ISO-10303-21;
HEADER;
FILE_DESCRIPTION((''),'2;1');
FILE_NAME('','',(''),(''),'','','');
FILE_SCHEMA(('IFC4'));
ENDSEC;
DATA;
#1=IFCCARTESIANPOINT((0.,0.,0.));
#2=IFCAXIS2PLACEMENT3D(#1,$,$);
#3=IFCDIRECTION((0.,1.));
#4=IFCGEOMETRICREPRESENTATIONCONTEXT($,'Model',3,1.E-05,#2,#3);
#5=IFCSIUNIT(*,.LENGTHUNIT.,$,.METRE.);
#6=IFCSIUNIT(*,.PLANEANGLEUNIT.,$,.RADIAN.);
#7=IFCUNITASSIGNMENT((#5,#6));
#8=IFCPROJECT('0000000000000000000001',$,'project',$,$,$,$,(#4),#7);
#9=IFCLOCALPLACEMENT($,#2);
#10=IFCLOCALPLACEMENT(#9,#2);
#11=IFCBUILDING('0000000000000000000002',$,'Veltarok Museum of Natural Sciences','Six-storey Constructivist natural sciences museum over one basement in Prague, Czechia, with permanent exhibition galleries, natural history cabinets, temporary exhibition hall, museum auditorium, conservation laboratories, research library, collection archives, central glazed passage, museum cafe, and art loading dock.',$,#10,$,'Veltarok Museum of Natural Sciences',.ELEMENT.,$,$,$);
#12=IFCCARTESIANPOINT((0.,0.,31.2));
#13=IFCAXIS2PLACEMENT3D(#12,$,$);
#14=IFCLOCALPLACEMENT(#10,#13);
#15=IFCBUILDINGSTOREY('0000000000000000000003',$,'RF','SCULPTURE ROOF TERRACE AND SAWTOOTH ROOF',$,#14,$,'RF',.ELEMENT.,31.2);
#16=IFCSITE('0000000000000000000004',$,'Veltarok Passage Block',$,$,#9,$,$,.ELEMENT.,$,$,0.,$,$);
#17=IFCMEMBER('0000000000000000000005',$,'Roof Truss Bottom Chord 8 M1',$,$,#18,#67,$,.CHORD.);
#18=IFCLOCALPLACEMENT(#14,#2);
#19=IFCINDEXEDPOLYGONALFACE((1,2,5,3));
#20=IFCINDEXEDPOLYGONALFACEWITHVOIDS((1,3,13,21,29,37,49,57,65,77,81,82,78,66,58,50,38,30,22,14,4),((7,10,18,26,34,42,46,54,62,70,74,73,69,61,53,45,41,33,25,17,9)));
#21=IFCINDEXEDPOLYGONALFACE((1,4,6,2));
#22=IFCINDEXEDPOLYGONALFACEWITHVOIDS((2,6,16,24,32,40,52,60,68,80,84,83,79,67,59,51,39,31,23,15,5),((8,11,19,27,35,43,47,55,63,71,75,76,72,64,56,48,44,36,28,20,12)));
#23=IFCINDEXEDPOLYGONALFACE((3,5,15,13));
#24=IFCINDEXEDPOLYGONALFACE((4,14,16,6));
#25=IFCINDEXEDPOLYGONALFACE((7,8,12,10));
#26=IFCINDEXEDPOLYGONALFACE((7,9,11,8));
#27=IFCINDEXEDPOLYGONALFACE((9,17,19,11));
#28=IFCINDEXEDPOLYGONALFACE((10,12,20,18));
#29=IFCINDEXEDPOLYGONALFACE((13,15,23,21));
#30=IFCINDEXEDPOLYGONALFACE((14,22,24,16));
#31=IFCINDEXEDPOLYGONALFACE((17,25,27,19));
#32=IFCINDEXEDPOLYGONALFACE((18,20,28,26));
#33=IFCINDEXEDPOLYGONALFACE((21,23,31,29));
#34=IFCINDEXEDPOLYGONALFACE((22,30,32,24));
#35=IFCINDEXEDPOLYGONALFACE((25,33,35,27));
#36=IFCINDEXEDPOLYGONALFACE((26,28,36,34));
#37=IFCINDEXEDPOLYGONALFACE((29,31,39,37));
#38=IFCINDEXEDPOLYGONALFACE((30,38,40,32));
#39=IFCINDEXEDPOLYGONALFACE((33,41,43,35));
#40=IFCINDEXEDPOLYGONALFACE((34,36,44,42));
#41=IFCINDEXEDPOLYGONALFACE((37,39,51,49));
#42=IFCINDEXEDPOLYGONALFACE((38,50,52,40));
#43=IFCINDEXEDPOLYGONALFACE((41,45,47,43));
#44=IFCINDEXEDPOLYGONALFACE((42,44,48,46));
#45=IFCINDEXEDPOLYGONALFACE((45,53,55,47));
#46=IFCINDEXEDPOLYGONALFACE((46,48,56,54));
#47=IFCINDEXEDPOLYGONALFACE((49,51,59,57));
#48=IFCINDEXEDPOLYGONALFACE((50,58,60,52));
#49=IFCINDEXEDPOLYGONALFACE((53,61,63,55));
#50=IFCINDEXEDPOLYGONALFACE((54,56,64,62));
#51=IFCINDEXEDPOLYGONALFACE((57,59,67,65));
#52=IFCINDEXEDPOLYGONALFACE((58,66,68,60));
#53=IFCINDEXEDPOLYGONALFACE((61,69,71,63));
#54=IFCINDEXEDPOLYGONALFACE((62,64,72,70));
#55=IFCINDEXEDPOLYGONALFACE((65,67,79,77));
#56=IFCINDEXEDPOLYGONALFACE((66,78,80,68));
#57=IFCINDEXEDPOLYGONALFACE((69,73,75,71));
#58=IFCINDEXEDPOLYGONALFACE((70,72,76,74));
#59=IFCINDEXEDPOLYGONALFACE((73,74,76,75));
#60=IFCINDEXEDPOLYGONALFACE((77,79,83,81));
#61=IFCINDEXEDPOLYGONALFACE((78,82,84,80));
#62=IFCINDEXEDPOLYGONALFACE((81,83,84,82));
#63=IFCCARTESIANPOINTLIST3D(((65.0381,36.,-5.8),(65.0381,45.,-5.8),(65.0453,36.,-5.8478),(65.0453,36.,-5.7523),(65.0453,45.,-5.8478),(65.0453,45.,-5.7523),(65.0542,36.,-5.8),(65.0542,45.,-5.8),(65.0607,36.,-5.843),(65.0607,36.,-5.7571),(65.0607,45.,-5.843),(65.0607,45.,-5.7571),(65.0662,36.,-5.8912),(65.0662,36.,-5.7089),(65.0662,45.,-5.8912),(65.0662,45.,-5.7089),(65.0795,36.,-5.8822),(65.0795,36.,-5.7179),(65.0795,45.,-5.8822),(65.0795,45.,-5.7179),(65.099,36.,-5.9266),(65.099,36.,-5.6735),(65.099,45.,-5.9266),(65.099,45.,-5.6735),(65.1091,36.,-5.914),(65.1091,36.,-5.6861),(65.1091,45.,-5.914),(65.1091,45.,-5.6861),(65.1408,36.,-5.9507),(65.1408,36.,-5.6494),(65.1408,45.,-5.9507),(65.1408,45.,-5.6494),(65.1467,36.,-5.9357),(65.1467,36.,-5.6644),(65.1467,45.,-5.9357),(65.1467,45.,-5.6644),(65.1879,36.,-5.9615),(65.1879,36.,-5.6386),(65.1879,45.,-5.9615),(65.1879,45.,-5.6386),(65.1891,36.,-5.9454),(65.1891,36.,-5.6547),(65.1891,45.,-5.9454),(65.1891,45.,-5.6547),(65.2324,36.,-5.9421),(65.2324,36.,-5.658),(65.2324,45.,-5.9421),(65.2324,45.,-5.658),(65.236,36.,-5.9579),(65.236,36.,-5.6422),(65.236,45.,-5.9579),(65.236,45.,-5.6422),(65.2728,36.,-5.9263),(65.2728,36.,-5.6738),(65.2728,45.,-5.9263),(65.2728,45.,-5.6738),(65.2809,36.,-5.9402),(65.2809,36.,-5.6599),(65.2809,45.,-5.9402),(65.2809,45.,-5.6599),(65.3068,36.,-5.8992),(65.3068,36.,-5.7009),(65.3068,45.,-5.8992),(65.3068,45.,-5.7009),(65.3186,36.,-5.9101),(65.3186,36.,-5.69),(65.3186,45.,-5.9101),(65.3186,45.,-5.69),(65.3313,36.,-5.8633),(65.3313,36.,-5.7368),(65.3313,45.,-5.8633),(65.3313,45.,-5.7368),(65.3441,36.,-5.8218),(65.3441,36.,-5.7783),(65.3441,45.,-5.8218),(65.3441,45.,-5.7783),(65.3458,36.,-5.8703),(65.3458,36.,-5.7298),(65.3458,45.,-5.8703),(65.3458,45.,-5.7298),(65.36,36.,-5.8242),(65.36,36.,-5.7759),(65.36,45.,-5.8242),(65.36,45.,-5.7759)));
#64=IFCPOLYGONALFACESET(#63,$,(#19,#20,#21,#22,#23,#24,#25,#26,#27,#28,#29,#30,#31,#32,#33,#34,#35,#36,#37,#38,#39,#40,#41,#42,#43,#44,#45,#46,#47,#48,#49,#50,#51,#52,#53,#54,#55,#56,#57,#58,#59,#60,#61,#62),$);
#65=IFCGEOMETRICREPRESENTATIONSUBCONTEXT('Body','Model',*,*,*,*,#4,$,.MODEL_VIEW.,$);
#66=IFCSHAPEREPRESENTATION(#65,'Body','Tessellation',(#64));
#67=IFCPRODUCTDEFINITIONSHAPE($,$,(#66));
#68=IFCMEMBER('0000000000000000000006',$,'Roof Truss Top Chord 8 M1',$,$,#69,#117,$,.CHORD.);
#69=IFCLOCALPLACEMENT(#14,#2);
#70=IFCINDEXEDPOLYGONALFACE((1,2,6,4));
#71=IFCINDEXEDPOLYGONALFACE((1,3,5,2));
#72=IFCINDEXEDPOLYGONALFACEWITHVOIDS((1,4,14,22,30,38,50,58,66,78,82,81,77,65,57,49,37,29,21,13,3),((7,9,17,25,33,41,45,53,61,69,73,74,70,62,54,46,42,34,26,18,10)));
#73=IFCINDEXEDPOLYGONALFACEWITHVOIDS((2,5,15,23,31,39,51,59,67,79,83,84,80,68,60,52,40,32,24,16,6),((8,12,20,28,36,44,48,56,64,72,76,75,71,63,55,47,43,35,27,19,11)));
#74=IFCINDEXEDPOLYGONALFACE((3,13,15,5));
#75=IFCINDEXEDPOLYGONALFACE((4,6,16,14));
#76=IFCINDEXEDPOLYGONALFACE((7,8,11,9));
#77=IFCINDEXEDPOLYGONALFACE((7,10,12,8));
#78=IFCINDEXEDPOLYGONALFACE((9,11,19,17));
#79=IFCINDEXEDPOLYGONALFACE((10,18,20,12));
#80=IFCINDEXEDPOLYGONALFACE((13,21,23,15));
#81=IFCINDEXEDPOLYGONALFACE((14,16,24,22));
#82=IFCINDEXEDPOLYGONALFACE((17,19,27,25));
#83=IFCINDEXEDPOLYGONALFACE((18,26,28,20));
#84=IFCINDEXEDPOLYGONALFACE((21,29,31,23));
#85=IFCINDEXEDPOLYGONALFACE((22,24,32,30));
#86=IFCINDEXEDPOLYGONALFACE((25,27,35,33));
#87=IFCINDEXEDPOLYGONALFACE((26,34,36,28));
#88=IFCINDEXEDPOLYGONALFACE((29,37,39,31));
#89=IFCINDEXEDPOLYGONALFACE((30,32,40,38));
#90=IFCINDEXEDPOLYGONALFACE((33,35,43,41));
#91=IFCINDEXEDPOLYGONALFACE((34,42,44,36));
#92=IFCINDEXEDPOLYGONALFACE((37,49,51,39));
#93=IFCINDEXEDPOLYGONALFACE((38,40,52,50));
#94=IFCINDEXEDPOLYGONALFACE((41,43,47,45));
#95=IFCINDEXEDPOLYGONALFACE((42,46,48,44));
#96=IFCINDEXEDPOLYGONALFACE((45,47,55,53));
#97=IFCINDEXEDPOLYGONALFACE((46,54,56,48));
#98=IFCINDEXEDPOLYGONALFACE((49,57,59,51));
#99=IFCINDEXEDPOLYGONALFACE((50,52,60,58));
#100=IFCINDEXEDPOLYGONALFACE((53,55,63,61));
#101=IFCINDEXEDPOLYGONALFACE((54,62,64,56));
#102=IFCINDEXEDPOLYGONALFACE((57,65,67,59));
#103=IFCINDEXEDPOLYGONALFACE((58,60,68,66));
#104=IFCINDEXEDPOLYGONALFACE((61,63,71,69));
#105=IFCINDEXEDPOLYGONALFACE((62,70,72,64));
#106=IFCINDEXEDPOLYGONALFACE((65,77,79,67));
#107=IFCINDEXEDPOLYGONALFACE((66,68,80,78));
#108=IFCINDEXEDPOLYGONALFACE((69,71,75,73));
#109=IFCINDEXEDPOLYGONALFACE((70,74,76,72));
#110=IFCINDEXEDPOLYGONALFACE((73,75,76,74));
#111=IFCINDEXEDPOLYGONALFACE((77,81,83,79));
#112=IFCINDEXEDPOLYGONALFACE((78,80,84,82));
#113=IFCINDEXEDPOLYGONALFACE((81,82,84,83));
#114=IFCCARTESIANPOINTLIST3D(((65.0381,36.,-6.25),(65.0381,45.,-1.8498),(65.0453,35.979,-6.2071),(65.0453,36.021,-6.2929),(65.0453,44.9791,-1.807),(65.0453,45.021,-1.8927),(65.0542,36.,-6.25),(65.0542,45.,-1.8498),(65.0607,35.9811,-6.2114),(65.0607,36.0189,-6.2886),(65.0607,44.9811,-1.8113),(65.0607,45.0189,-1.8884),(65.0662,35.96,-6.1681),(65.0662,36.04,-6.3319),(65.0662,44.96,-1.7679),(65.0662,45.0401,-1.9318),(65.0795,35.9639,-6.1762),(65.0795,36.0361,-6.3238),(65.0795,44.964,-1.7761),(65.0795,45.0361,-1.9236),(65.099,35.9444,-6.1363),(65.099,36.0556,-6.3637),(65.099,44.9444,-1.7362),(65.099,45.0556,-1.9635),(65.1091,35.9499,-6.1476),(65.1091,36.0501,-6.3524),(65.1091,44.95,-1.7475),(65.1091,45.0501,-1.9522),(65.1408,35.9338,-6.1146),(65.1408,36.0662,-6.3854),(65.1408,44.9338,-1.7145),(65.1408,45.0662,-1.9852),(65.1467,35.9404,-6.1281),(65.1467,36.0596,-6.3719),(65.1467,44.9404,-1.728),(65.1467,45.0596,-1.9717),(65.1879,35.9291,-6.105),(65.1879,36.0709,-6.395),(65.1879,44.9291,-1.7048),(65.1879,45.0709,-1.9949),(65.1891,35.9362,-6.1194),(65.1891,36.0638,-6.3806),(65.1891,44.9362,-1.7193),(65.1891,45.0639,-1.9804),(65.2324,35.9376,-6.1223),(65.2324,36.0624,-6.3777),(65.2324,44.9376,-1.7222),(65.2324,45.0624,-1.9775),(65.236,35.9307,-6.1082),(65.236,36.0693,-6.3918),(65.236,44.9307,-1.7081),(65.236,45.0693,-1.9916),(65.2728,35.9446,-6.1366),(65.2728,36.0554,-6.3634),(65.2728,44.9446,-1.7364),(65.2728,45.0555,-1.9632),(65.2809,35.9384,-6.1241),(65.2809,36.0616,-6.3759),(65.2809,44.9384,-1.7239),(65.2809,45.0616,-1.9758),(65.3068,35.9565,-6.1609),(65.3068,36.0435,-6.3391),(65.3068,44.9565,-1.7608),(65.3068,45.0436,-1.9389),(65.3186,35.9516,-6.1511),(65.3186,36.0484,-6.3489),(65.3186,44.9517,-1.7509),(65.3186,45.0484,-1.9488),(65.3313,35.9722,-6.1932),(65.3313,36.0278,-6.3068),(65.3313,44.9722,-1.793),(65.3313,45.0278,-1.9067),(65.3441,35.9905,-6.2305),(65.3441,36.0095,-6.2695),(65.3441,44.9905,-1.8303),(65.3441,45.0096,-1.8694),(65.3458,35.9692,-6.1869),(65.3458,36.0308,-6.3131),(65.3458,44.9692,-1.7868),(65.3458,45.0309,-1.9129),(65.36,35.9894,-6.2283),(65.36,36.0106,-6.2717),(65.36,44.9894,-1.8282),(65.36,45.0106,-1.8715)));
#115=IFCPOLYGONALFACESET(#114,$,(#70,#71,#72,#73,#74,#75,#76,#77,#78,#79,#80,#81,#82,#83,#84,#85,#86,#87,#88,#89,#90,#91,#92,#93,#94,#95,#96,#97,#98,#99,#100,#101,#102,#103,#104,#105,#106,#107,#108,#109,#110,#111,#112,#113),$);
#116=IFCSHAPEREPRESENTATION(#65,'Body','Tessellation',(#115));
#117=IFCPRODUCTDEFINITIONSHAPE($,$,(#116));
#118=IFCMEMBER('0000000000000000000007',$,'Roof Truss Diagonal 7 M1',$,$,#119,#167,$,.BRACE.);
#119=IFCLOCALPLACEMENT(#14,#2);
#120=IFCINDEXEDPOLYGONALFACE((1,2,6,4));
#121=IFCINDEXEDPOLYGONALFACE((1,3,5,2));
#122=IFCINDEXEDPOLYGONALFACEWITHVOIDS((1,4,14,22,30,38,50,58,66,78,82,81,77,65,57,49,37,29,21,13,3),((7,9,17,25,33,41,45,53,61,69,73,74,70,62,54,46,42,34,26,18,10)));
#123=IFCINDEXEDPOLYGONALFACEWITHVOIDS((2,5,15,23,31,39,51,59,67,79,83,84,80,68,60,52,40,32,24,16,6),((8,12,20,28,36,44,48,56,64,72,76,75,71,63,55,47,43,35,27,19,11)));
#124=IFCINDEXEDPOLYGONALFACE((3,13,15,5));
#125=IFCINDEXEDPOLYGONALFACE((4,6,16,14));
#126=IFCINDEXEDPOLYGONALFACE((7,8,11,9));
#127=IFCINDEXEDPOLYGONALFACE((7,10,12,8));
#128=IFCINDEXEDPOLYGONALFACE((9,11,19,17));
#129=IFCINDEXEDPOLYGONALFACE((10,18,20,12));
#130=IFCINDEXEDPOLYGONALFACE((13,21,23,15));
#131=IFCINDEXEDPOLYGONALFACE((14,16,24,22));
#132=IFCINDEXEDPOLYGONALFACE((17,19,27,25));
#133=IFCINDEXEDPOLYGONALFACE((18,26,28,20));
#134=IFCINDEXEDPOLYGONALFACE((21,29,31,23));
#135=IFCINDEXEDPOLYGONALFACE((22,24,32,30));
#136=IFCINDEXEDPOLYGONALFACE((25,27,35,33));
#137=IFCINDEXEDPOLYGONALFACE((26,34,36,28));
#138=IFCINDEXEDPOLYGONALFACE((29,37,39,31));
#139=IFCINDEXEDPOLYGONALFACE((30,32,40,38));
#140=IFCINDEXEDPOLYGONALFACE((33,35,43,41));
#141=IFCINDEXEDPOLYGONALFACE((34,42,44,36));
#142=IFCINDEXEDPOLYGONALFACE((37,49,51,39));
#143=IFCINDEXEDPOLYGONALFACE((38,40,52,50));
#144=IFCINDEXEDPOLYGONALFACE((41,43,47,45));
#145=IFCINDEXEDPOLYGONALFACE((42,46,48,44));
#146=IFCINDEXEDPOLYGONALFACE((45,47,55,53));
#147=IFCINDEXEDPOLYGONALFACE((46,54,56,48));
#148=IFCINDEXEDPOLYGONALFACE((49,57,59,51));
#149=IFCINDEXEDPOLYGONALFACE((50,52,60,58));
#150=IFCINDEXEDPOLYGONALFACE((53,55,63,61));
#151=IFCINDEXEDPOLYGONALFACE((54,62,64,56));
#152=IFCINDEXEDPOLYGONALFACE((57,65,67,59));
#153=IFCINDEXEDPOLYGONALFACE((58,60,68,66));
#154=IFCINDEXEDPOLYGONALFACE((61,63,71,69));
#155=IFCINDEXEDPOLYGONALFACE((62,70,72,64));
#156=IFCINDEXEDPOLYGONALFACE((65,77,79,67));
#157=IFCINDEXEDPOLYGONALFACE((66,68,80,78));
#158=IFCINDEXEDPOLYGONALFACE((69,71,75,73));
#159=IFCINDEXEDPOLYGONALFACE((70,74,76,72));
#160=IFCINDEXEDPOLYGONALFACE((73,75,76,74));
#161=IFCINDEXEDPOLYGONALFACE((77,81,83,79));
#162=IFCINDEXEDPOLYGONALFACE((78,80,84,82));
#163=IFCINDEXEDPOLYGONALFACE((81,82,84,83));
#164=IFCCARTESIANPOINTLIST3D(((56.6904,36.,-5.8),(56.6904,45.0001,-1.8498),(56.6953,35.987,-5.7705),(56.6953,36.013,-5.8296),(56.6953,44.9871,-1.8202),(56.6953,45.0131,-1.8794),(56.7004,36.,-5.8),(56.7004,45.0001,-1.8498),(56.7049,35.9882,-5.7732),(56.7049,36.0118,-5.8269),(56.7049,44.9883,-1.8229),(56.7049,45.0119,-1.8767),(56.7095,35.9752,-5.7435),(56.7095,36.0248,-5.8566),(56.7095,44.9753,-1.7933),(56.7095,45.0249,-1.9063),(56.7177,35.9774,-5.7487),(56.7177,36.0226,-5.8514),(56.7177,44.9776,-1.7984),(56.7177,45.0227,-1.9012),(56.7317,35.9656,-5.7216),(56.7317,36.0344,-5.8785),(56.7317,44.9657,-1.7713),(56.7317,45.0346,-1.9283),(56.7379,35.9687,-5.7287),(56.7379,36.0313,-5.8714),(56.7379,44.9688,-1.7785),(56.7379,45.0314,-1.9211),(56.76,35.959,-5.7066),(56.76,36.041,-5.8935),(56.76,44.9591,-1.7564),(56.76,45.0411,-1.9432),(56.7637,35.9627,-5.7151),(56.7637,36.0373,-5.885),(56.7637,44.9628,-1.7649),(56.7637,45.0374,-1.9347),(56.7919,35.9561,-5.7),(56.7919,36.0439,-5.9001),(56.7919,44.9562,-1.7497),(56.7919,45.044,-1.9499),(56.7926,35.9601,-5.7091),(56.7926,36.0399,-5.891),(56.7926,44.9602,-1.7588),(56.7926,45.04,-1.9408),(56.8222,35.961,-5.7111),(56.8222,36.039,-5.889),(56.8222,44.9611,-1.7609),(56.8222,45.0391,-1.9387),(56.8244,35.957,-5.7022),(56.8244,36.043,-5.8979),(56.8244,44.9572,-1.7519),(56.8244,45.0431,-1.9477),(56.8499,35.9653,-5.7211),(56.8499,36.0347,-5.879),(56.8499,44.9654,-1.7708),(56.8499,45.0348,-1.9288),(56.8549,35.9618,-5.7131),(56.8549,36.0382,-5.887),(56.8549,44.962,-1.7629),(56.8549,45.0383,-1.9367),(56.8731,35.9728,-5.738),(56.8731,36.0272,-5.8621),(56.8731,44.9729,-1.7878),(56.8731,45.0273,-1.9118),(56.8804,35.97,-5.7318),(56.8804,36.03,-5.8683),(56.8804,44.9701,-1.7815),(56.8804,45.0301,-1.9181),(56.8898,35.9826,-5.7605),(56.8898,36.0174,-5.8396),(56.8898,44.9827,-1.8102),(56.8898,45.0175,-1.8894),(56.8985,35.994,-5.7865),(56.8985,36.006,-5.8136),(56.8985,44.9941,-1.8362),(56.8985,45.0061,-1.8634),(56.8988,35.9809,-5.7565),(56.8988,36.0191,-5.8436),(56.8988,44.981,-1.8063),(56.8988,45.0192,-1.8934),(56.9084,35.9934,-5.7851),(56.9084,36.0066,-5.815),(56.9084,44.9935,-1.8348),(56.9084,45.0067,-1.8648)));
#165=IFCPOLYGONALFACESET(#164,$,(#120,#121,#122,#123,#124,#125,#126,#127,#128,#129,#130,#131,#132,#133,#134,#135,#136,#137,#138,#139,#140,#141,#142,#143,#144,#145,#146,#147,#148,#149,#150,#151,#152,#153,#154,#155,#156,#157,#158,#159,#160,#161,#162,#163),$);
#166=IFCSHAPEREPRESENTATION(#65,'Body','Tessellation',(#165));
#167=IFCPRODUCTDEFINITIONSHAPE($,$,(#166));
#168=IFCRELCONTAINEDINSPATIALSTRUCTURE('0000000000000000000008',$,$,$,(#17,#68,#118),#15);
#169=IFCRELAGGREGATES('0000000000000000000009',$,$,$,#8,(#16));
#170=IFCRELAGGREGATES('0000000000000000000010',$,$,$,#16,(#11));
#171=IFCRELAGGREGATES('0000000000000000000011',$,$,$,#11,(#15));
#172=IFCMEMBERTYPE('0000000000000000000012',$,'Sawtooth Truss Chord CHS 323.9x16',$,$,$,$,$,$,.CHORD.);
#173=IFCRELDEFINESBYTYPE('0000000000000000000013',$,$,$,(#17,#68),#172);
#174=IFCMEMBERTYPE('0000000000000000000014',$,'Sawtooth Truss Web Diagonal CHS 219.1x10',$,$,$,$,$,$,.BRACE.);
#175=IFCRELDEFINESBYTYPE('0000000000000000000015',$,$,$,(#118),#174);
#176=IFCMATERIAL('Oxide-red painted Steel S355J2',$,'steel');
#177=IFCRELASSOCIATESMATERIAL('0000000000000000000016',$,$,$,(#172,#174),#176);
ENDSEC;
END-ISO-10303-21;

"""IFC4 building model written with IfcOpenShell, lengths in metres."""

from ifc_helpers import new_model, si_unit, direction, frame, origin, origin_2d, place, context, subcontext, project, spatial, hollow_circle, extrude, material, material_profile, profile_set, type_object, element, save


model = new_model("IFC4")

# Units and contexts
model_context = context("Model", 3, precision=1e-05, world=origin(), true_north=direction((0.0, 1.0)))
body_context = subcontext(model_context, "Body", "Model", "MODEL_VIEW")
ifc_project = project(units=[si_unit("LENGTHUNIT", "METRE"), si_unit("PLANEANGLEUNIT", "RADIAN")], contexts=[model_context])

# Site, building, storey
site_placement = place(None, origin())
site = spatial("IfcSite", under=ifc_project, at=site_placement, Name="Veltarok Passage Block", CompositionType="ELEMENT", RefElevation=0.0)
building_placement = place(site_placement, origin())
building = spatial("IfcBuilding", under=site, at=building_placement, Name="Veltarok Museum of Natural Sciences", Description="Six-storey Constructivist natural sciences museum over one basement in Prague, Czechia, with permanent exhibition galleries, natural history cabinets, temporary exhibition hall, museum auditorium, conservation laboratories, research library, collection archives, central glazed passage, museum cafe, and art loading dock.", LongName="Veltarok Museum of Natural Sciences", CompositionType="ELEMENT")
storey_placement = place(building_placement, frame((0.0, 0.0, 31.2)))
storey = spatial("IfcBuildingStorey", under=building, at=storey_placement, Name="RF", Description="SCULPTURE ROOF TERRACE AND SAWTOOTH ROOF", LongName="RF", CompositionType="ELEMENT", Elevation=31.2)

# Members
ifc_material_1 = material(Name="Oxide-red painted Steel S355J2", Category="steel")
ifc_material_profile_1 = material_profile(ifc_material_1, hollow_circle(Radius=0.1619, WallThickness=0.0161, at=origin_2d()), Name="CHS 323.9x16")
ifc_profile_set_1 = profile_set([ifc_material_profile_1], Name="Oxide-red painted Steel S355J2")
member_type_1 = type_object("IfcMemberType", Name="Sawtooth Truss Chord CHS 323.9x16", PredefinedType="CHORD", material=ifc_profile_set_1)
member_1_placement = place(storey_placement, frame((65.2, 36.0, -5.8), z_axis=(0.0, 1.0, 0.0), x_axis=(-1.0, 0.0, 0.0)))
element("IfcMember", 1, at=member_1_placement, inside=storey, type_object=member_type_1, Name="Roof Truss Bottom Chord 8 M1", PredefinedType="CHORD", context=body_context, shape_type="SweptSolid", body=[
    extrude(hollow_circle(Radius=0.1619, WallThickness=0.0161, at=origin_2d()), origin(), (0.0, 0.0, 1.0), 9.0),
])
member_2_placement = place(storey_placement, frame((65.2, 36.0, -6.25), z_axis=(0.0, 0.898379, 0.439222), x_axis=(-1.0, 0.0, 0.0)))
element("IfcMember", 2, at=member_2_placement, inside=storey, type_object=member_type_1, Name="Roof Truss Top Chord 8 M1", PredefinedType="CHORD", context=body_context, shape_type="SweptSolid", body=[
    extrude(hollow_circle(Radius=0.1619, WallThickness=0.0161, at=origin_2d()), origin(), (0.0, 0.0, 1.0), 10.0181),
])
ifc_material_profile_2 = material_profile(ifc_material_1, hollow_circle(Radius=0.1096, WallThickness=0.01, at=origin_2d()), Name="CHS 219.1x10")
ifc_profile_set_2 = profile_set([ifc_material_profile_2], Name="Oxide-red painted Steel S355J2")
member_type_2 = type_object("IfcMemberType", Name="Sawtooth Truss Web Diagonal CHS 219.1x10", PredefinedType="BRACE", material=ifc_profile_set_2)
for number, where, z_axis, x_axis, name in (
    (3, (56.8, 36.0, -5.8), (0.0, 0.915682, 0.401903), (-1.0, 0.0, 0.0), "Roof Truss Diagonal 7 M1"),
):
    element("IfcMember", number, at=place(storey_placement, frame(where, z_axis=z_axis, x_axis=x_axis)), inside=storey, type_object=member_type_2, Name=name, PredefinedType="BRACE", context=body_context, shape_type="SweptSolid", body=[
        extrude(hollow_circle(Radius=0.1096, WallThickness=0.01, at=origin_2d()), origin(), (0.0, 0.0, 1.0), 9.8289),
    ])

save(model, "model.ifc")
